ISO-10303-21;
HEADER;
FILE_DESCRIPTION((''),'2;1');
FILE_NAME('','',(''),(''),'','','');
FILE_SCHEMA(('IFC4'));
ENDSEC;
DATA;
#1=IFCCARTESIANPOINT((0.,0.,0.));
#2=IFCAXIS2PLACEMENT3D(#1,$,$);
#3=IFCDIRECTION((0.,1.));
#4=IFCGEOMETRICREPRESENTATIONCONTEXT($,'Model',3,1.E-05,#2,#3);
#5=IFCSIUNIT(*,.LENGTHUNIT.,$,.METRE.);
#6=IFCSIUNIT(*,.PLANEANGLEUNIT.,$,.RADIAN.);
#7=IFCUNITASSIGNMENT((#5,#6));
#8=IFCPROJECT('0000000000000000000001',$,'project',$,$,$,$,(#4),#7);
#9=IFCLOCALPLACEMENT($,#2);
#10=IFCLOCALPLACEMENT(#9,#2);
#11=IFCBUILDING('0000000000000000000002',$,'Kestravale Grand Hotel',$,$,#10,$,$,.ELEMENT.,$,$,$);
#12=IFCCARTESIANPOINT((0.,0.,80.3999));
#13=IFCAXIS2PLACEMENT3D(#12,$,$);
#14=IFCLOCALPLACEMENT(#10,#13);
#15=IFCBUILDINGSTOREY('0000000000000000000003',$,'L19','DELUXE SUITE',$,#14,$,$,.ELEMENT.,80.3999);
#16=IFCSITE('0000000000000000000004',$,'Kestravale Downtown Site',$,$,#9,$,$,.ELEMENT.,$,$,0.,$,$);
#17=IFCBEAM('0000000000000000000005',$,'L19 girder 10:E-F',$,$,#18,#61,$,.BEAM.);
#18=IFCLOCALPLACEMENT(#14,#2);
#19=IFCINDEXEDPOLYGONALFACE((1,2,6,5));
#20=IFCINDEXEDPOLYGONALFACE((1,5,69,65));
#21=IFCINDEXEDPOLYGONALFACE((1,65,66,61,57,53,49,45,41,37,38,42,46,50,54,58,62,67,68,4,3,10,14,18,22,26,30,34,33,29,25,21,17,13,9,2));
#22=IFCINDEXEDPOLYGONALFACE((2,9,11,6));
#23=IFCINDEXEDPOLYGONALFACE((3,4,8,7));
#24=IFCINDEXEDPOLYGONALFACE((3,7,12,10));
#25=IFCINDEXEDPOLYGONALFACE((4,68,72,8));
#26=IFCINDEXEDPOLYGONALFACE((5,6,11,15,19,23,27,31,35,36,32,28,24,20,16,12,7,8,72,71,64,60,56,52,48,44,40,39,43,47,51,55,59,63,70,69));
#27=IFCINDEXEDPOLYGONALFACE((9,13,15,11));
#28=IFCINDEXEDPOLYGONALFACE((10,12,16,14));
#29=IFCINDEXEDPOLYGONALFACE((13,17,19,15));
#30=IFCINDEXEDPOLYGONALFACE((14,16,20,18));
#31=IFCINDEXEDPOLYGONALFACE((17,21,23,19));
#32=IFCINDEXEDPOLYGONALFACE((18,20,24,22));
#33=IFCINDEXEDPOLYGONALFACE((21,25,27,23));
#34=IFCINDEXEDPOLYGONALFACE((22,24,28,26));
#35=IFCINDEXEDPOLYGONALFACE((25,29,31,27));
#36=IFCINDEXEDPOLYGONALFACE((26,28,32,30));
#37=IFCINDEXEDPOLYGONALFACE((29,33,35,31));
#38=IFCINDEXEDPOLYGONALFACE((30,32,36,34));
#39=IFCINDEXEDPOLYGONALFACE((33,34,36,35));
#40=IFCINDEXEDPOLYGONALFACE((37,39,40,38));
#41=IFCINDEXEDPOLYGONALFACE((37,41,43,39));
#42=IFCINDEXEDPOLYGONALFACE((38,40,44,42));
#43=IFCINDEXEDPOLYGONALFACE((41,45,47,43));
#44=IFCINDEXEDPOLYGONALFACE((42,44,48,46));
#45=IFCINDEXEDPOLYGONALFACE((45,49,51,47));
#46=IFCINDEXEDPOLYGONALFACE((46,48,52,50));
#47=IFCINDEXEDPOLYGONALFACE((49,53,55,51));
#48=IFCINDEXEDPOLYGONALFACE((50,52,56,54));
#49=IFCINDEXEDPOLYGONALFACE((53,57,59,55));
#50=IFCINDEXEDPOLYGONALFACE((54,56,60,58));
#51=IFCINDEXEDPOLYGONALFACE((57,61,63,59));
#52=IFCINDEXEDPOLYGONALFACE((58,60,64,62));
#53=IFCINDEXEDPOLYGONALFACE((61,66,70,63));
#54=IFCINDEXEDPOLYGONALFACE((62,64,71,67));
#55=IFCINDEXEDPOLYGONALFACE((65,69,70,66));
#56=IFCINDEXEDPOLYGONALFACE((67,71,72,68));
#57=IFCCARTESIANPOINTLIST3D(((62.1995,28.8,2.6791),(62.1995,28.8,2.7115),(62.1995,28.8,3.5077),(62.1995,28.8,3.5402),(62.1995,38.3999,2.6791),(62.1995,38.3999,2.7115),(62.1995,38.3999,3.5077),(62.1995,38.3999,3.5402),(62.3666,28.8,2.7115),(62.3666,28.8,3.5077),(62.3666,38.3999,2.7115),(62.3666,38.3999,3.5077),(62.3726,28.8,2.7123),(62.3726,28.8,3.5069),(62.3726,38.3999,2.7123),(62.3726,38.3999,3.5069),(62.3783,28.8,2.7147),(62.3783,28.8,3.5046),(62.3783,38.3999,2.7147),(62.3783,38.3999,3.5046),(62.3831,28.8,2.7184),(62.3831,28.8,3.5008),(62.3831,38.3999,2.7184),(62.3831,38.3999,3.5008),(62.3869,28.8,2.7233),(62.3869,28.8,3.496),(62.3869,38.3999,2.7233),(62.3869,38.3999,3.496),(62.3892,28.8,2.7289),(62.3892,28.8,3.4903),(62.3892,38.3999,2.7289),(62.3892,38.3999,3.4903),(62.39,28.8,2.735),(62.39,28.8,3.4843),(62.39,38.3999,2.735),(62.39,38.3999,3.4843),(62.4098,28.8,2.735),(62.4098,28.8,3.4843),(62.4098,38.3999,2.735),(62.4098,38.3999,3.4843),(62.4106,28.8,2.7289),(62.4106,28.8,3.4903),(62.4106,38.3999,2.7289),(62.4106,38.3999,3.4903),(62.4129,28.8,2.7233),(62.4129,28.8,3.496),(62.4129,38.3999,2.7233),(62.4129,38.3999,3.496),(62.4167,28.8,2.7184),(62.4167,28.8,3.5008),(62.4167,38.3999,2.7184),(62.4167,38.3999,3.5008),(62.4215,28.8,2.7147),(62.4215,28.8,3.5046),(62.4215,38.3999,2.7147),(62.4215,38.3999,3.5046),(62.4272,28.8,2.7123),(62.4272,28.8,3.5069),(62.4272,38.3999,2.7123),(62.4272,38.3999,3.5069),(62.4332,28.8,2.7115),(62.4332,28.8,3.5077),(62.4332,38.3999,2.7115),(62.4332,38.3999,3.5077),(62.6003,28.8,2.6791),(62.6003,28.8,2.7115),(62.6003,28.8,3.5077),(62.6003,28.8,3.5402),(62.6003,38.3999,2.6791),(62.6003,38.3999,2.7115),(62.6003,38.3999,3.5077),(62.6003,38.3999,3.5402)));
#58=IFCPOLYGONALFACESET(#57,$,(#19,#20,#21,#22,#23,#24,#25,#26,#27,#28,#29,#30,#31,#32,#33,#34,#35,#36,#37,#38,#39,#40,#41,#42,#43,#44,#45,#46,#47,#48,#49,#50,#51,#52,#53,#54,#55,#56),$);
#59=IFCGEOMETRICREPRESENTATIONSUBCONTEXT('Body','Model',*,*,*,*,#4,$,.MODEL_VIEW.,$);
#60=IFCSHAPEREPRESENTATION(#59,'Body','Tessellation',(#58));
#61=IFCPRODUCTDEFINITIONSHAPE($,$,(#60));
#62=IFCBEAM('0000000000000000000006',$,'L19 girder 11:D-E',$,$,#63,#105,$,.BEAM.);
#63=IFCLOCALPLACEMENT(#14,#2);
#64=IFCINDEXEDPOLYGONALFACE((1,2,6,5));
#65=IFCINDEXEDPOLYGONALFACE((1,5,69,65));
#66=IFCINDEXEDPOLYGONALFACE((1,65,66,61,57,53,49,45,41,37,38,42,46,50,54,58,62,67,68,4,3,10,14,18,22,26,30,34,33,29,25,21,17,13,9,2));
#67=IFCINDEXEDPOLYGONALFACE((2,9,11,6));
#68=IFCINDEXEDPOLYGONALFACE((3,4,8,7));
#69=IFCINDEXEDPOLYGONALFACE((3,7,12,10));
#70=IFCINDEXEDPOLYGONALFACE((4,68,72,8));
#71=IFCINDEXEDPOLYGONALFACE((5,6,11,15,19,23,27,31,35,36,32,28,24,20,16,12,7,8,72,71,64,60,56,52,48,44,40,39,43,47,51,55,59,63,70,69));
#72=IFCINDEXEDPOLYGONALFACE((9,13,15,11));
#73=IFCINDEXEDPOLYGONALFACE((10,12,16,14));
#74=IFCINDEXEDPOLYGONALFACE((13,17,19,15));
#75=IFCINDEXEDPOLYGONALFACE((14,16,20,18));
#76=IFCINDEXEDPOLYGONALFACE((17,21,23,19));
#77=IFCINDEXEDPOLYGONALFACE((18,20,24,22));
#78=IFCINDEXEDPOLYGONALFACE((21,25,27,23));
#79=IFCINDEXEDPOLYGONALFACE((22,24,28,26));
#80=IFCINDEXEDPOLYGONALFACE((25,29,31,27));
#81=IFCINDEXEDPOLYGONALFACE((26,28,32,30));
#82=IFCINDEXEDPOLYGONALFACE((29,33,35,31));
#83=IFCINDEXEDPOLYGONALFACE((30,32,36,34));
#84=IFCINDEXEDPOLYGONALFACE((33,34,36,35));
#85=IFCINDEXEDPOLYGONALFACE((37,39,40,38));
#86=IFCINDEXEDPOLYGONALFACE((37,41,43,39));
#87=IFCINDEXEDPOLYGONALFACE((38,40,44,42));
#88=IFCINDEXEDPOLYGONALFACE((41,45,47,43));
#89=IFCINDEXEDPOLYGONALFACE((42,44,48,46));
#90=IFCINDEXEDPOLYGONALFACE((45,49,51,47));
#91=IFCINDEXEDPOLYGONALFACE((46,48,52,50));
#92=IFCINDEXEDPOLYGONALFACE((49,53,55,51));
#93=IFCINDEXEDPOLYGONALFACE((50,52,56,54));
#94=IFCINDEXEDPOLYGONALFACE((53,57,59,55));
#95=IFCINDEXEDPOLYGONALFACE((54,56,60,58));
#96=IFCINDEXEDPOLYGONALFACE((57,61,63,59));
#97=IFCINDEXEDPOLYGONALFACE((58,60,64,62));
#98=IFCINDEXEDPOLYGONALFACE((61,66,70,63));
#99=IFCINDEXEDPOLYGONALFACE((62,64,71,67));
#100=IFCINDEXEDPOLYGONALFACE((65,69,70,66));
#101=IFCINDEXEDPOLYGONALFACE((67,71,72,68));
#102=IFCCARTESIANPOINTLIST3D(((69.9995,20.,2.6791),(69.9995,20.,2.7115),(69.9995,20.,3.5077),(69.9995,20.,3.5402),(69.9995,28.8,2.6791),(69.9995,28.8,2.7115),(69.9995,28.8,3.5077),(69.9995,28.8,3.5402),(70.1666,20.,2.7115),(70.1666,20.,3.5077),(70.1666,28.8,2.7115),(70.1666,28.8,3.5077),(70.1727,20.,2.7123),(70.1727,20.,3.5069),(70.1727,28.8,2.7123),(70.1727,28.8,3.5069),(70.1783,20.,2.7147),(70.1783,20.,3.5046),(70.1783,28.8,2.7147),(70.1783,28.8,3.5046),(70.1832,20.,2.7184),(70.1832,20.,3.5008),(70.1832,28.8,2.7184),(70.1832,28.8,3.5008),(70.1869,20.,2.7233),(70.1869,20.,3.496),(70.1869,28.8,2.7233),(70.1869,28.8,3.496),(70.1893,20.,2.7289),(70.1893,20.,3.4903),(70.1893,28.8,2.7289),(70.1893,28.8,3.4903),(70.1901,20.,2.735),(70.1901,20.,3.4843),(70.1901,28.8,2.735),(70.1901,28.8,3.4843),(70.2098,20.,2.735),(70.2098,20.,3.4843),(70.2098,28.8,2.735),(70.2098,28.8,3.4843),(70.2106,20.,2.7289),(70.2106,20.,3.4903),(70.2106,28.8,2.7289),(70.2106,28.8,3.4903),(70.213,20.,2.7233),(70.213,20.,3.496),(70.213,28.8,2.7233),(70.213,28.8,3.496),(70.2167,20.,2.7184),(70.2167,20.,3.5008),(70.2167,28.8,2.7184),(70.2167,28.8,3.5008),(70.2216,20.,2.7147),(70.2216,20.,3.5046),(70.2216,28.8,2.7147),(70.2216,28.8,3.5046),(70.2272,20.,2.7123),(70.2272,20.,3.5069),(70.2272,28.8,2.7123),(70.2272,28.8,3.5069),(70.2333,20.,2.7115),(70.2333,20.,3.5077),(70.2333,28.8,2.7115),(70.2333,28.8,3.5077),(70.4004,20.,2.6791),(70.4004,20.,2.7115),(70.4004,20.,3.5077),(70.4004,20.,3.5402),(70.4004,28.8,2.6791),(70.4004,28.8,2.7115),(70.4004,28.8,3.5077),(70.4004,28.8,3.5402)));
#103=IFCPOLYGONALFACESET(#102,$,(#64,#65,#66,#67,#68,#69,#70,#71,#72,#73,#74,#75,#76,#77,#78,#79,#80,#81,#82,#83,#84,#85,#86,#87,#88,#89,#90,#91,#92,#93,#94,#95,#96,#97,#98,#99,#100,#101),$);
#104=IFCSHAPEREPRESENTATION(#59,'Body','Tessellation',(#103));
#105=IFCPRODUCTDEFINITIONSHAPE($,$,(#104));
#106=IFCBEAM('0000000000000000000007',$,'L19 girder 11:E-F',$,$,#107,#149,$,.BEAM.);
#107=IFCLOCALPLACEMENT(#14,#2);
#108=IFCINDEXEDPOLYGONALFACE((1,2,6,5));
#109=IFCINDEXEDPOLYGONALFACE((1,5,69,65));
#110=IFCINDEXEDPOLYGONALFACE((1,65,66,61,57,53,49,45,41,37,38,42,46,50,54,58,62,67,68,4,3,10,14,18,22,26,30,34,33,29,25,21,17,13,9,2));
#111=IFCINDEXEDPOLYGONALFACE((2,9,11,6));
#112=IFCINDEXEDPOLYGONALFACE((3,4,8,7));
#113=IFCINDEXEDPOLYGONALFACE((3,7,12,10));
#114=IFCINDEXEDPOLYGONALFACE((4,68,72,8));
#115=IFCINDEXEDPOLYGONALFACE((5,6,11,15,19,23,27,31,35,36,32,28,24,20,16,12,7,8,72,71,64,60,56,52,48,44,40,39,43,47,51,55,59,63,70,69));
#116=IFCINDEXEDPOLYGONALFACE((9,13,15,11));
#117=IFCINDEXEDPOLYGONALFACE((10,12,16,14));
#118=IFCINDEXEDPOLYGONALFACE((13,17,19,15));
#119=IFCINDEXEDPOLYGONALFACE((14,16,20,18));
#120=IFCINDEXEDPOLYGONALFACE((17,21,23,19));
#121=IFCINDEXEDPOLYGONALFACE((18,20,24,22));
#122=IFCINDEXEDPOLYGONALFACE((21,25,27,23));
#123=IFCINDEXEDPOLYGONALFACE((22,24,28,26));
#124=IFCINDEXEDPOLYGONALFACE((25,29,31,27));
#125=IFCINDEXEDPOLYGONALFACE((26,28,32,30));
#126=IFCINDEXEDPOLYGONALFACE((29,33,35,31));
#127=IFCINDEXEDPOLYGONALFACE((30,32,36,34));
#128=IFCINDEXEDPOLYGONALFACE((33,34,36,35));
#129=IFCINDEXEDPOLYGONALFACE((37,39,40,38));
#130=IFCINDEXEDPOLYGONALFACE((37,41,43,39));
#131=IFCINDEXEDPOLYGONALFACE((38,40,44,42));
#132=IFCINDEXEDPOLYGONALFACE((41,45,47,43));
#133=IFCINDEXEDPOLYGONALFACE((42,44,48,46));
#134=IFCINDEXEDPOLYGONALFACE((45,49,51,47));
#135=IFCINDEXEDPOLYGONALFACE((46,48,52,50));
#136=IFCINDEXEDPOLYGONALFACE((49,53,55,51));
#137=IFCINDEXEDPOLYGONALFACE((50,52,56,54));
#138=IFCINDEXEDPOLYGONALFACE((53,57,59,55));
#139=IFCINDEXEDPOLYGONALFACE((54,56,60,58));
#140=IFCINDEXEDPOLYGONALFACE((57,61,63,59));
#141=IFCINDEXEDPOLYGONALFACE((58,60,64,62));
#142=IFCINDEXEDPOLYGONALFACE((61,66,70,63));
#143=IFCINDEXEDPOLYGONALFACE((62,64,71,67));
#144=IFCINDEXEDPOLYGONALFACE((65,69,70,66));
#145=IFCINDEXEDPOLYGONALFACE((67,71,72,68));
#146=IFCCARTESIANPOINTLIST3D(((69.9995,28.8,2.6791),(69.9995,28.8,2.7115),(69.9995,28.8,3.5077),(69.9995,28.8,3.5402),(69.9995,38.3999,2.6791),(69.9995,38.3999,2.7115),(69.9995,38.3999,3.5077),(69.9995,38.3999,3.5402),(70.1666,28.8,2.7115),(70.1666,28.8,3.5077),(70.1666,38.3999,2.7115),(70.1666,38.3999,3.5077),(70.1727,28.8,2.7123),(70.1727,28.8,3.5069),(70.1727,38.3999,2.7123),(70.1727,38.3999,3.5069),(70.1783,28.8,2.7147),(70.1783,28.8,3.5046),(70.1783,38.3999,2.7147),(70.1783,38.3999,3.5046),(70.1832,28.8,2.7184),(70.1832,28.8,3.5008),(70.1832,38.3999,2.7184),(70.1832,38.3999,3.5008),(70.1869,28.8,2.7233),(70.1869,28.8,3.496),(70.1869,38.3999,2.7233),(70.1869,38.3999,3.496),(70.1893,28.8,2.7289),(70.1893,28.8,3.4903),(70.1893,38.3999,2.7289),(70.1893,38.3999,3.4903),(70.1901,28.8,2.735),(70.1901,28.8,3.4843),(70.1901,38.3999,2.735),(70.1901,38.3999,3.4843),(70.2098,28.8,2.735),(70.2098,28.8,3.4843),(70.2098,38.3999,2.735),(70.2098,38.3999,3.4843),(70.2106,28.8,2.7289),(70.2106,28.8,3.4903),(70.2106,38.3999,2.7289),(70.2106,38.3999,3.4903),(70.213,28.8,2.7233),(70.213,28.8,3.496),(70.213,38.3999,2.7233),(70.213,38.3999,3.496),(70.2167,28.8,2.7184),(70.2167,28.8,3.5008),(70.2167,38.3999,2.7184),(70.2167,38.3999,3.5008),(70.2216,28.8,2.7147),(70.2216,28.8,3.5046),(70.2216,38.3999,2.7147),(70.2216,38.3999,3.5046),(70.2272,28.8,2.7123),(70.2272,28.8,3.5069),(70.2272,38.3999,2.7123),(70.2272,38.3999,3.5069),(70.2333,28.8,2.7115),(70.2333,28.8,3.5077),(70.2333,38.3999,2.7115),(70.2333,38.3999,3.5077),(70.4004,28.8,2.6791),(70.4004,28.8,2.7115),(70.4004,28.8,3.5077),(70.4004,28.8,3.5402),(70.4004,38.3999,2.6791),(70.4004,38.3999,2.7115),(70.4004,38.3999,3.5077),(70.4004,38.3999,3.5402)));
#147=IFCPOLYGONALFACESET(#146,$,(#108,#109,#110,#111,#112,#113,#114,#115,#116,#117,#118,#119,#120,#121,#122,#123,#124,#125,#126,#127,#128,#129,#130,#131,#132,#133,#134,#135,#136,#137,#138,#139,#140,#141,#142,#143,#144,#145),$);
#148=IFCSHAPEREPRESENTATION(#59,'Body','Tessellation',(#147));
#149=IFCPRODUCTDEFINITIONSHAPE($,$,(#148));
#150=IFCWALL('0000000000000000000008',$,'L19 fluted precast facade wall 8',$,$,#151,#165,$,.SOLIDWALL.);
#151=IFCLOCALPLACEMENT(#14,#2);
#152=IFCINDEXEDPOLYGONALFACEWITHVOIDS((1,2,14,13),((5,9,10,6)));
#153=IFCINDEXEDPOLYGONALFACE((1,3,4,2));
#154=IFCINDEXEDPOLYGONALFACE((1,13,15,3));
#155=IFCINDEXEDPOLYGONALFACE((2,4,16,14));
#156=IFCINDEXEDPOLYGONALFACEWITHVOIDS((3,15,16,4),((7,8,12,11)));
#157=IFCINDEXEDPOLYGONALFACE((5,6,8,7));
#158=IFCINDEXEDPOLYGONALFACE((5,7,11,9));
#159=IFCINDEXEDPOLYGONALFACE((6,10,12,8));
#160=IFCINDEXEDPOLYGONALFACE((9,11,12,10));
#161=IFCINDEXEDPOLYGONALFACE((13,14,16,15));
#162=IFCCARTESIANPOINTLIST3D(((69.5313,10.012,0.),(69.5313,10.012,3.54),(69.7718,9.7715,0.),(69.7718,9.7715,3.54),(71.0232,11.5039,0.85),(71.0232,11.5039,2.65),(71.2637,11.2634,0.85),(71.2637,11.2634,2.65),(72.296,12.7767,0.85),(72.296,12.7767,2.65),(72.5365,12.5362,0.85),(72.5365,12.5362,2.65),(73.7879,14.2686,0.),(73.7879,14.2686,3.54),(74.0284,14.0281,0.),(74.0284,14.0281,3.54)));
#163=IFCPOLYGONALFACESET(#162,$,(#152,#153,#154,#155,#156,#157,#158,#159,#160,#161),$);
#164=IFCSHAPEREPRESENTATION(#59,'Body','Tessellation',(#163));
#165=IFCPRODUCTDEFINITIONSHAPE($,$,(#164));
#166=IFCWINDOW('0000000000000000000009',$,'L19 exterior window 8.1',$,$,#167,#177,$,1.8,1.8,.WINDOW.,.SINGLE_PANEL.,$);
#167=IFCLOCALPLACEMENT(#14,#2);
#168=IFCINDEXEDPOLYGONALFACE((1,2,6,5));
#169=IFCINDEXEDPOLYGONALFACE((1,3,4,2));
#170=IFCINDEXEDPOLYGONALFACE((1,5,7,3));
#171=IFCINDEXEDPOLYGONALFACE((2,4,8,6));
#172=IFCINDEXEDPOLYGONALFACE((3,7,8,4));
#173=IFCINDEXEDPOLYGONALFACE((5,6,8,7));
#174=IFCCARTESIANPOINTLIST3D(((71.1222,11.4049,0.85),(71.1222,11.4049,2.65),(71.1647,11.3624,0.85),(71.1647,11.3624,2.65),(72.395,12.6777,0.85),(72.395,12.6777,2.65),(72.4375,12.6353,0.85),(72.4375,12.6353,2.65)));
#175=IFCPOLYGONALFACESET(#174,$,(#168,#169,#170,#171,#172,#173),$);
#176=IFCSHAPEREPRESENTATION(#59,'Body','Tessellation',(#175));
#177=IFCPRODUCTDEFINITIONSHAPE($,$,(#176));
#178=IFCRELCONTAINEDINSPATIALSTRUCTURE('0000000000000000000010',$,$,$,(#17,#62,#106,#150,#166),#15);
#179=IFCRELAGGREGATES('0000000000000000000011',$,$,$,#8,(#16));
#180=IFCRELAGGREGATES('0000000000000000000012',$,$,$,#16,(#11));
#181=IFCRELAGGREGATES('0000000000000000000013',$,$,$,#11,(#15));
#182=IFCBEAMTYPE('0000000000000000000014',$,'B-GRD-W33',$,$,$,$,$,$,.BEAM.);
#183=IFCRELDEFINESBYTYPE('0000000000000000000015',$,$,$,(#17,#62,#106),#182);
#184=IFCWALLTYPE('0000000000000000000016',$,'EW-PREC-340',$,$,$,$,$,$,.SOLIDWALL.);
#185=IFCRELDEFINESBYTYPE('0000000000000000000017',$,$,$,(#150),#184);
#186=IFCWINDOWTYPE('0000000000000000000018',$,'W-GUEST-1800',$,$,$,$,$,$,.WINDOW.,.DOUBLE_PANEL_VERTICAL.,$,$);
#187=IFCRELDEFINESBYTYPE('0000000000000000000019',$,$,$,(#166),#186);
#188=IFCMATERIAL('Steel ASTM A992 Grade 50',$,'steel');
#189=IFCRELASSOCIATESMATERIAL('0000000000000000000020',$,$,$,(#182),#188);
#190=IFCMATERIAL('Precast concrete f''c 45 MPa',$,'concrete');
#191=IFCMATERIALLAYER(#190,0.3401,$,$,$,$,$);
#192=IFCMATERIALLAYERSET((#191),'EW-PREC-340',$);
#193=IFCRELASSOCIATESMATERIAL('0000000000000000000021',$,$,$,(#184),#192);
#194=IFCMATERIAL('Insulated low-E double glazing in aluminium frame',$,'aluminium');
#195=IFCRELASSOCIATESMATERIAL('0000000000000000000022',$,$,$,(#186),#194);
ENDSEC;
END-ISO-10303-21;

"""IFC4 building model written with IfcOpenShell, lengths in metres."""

from ifc_helpers import new_model, si_unit, direction, frame, frame_2d, origin, origin_2d, place, context, subcontext, project, spatial, rectangle, i_section, extrude, material, layer, layer_set, material_profile, profile_set, type_object, element, fill, save


model = new_model("IFC4")

# Units and contexts
model_context = context("Model", 3, precision=1e-05, world=origin(), true_north=direction((0.0, 1.0)))
body_context = subcontext(model_context, "Body", "Model", "MODEL_VIEW")
ifc_project = project(units=[si_unit("LENGTHUNIT", "METRE"), si_unit("PLANEANGLEUNIT", "RADIAN")], contexts=[model_context])

# Site, building, storey
site_placement = place(None, origin())
site = spatial("IfcSite", under=ifc_project, at=site_placement, Name="Kestravale Downtown Site", CompositionType="ELEMENT", RefElevation=0.0)
building_placement = place(site_placement, origin())
building = spatial("IfcBuilding", under=site, at=building_placement, Name="Kestravale Grand Hotel", CompositionType="ELEMENT")
storey_placement = place(building_placement, frame((0.0, 0.0, 80.3999)))
storey = spatial("IfcBuildingStorey", under=building, at=storey_placement, Name="L19", Description="DELUXE SUITE", CompositionType="ELEMENT", Elevation=80.3999)

# Beams
ifc_material_1 = material(Name="Steel ASTM A992 Grade 50", Category="steel")
ifc_material_profile_1 = material_profile(ifc_material_1, i_section(OverallWidth=0.4009, OverallDepth=0.8611, WebThickness=0.0198, FlangeThickness=0.0325, FilletRadius=0.0234, at=origin_2d()))
ifc_profile_set_1 = profile_set([ifc_material_profile_1], Name="Steel ASTM A992 Grade 50")
beam_type_1 = type_object("IfcBeamType", Name="B-GRD-W33", PredefinedType="BEAM", material=ifc_profile_set_1)
beam_1_placement = place(storey_placement, frame((62.3999, 28.8, 3.1096), z_axis=(0.0, 1.0, 0.0), x_axis=(-1.0, 0.0, 0.0)))
element("IfcBeam", 1, at=beam_1_placement, inside=storey, type_object=beam_type_1, Name="L19 girder 10:E-F", PredefinedType="BEAM", context=body_context, shape_type="SweptSolid", body=[
    extrude(i_section(OverallWidth=0.4009, OverallDepth=0.8611, WebThickness=0.0198, FlangeThickness=0.0325, FilletRadius=0.0234, at=origin_2d()), origin(), (0.0, 0.0, 1.0), 9.5999),
])
beam_2_placement = place(storey_placement, frame((70.2, 20.0, 3.1096), z_axis=(0.0, 1.0, 0.0), x_axis=(-1.0, 0.0, 0.0)))
element("IfcBeam", 2, at=beam_2_placement, inside=storey, type_object=beam_type_1, Name="L19 girder 11:D-E", PredefinedType="BEAM", context=body_context, shape_type="SweptSolid", body=[
    extrude(i_section(OverallWidth=0.4009, OverallDepth=0.8611, WebThickness=0.0198, FlangeThickness=0.0325, FilletRadius=0.0234, at=origin_2d()), origin(), (0.0, 0.0, 1.0), 8.8),
])
beam_3_placement = place(storey_placement, frame((70.2, 28.8, 3.1096), z_axis=(0.0, 1.0, 0.0), x_axis=(-1.0, 0.0, 0.0)))
element("IfcBeam", 3, at=beam_3_placement, inside=storey, type_object=beam_type_1, Name="L19 girder 11:E-F", PredefinedType="BEAM", context=body_context, shape_type="SweptSolid", body=[
    extrude(i_section(OverallWidth=0.4009, OverallDepth=0.8611, WebThickness=0.0198, FlangeThickness=0.0325, FilletRadius=0.0234, at=origin_2d()), origin(), (0.0, 0.0, 1.0), 9.5999),
])

# Wall, opening, window
ifc_material_2 = material(Name="Precast concrete f'c 45 MPa", Category="concrete")
ifc_layer_1 = layer(ifc_material_2, 0.3401)
ifc_layer_set_1 = layer_set([ifc_layer_1], Name="EW-PREC-340")
wall_type_1 = type_object("IfcWallType", Name="EW-PREC-340", PredefinedType="SOLIDWALL", material=ifc_layer_set_1)
wall_1_placement = place(storey_placement, frame((69.6516, 9.8918, 0.0), z_axis=(0.0, 0.0, 1.0), x_axis=(0.707107, 0.707107, 0.0)))
wall_1 = element("IfcWall", 4, at=wall_1_placement, inside=storey, type_object=wall_type_1, Name="L19 fluted precast facade wall 8", PredefinedType="SOLIDWALL", context=body_context, shape_type="SweptSolid", body=[
    extrude(rectangle(XDim=6.0198, YDim=0.3401, at=frame_2d((3.0098, 0.0))), origin(), (0.0, 0.0, 1.0), 3.54),
])
opening_1_placement = place(wall_1_placement, frame((2.1099, 0.0, 0.8501)))
opening_1 = element("IfcOpeningElement", 5, at=opening_1_placement, cuts=wall_1, PredefinedType="OPENING", context=body_context, shape_type="SweptSolid", body=[
    extrude(rectangle(XDim=1.8, YDim=1.8, at=frame_2d((0.8999, 0.8999))), frame((0.0, 0.1799, 0.0), z_axis=(0.0, -1.0, 0.0), x_axis=(1.0, 0.0, 0.0)), (0.0, 0.0, 1.0), 0.3601),
])
ifc_material_3 = material(Name="Insulated low-E double glazing in aluminium frame", Category="aluminium")
window_type = type_object("IfcWindowType", Name="W-GUEST-1800", PartitioningType="DOUBLE_PANEL_VERTICAL", PredefinedType="WINDOW", material=ifc_material_3)
window_1_placement = place(opening_1_placement, origin())
window_1 = element("IfcWindow", 6, at=window_1_placement, inside=storey, type_object=window_type, Name="L19 exterior window 8.1", OverallHeight=1.8, OverallWidth=1.8, PartitioningType="SINGLE_PANEL", PredefinedType="WINDOW", context=body_context, shape_type="SweptSolid", body=[
    extrude(rectangle(XDim=1.8, YDim=1.8, at=frame_2d((0.8999, 0.8999))), frame((0.0, 0.03, 0.0), z_axis=(0.0, -1.0, 0.0), x_axis=(1.0, 0.0, 0.0)), (0.0, 0.0, 1.0), 0.0601),
])
fill(opening_1, window_1)

save(model, "model.ifc")
